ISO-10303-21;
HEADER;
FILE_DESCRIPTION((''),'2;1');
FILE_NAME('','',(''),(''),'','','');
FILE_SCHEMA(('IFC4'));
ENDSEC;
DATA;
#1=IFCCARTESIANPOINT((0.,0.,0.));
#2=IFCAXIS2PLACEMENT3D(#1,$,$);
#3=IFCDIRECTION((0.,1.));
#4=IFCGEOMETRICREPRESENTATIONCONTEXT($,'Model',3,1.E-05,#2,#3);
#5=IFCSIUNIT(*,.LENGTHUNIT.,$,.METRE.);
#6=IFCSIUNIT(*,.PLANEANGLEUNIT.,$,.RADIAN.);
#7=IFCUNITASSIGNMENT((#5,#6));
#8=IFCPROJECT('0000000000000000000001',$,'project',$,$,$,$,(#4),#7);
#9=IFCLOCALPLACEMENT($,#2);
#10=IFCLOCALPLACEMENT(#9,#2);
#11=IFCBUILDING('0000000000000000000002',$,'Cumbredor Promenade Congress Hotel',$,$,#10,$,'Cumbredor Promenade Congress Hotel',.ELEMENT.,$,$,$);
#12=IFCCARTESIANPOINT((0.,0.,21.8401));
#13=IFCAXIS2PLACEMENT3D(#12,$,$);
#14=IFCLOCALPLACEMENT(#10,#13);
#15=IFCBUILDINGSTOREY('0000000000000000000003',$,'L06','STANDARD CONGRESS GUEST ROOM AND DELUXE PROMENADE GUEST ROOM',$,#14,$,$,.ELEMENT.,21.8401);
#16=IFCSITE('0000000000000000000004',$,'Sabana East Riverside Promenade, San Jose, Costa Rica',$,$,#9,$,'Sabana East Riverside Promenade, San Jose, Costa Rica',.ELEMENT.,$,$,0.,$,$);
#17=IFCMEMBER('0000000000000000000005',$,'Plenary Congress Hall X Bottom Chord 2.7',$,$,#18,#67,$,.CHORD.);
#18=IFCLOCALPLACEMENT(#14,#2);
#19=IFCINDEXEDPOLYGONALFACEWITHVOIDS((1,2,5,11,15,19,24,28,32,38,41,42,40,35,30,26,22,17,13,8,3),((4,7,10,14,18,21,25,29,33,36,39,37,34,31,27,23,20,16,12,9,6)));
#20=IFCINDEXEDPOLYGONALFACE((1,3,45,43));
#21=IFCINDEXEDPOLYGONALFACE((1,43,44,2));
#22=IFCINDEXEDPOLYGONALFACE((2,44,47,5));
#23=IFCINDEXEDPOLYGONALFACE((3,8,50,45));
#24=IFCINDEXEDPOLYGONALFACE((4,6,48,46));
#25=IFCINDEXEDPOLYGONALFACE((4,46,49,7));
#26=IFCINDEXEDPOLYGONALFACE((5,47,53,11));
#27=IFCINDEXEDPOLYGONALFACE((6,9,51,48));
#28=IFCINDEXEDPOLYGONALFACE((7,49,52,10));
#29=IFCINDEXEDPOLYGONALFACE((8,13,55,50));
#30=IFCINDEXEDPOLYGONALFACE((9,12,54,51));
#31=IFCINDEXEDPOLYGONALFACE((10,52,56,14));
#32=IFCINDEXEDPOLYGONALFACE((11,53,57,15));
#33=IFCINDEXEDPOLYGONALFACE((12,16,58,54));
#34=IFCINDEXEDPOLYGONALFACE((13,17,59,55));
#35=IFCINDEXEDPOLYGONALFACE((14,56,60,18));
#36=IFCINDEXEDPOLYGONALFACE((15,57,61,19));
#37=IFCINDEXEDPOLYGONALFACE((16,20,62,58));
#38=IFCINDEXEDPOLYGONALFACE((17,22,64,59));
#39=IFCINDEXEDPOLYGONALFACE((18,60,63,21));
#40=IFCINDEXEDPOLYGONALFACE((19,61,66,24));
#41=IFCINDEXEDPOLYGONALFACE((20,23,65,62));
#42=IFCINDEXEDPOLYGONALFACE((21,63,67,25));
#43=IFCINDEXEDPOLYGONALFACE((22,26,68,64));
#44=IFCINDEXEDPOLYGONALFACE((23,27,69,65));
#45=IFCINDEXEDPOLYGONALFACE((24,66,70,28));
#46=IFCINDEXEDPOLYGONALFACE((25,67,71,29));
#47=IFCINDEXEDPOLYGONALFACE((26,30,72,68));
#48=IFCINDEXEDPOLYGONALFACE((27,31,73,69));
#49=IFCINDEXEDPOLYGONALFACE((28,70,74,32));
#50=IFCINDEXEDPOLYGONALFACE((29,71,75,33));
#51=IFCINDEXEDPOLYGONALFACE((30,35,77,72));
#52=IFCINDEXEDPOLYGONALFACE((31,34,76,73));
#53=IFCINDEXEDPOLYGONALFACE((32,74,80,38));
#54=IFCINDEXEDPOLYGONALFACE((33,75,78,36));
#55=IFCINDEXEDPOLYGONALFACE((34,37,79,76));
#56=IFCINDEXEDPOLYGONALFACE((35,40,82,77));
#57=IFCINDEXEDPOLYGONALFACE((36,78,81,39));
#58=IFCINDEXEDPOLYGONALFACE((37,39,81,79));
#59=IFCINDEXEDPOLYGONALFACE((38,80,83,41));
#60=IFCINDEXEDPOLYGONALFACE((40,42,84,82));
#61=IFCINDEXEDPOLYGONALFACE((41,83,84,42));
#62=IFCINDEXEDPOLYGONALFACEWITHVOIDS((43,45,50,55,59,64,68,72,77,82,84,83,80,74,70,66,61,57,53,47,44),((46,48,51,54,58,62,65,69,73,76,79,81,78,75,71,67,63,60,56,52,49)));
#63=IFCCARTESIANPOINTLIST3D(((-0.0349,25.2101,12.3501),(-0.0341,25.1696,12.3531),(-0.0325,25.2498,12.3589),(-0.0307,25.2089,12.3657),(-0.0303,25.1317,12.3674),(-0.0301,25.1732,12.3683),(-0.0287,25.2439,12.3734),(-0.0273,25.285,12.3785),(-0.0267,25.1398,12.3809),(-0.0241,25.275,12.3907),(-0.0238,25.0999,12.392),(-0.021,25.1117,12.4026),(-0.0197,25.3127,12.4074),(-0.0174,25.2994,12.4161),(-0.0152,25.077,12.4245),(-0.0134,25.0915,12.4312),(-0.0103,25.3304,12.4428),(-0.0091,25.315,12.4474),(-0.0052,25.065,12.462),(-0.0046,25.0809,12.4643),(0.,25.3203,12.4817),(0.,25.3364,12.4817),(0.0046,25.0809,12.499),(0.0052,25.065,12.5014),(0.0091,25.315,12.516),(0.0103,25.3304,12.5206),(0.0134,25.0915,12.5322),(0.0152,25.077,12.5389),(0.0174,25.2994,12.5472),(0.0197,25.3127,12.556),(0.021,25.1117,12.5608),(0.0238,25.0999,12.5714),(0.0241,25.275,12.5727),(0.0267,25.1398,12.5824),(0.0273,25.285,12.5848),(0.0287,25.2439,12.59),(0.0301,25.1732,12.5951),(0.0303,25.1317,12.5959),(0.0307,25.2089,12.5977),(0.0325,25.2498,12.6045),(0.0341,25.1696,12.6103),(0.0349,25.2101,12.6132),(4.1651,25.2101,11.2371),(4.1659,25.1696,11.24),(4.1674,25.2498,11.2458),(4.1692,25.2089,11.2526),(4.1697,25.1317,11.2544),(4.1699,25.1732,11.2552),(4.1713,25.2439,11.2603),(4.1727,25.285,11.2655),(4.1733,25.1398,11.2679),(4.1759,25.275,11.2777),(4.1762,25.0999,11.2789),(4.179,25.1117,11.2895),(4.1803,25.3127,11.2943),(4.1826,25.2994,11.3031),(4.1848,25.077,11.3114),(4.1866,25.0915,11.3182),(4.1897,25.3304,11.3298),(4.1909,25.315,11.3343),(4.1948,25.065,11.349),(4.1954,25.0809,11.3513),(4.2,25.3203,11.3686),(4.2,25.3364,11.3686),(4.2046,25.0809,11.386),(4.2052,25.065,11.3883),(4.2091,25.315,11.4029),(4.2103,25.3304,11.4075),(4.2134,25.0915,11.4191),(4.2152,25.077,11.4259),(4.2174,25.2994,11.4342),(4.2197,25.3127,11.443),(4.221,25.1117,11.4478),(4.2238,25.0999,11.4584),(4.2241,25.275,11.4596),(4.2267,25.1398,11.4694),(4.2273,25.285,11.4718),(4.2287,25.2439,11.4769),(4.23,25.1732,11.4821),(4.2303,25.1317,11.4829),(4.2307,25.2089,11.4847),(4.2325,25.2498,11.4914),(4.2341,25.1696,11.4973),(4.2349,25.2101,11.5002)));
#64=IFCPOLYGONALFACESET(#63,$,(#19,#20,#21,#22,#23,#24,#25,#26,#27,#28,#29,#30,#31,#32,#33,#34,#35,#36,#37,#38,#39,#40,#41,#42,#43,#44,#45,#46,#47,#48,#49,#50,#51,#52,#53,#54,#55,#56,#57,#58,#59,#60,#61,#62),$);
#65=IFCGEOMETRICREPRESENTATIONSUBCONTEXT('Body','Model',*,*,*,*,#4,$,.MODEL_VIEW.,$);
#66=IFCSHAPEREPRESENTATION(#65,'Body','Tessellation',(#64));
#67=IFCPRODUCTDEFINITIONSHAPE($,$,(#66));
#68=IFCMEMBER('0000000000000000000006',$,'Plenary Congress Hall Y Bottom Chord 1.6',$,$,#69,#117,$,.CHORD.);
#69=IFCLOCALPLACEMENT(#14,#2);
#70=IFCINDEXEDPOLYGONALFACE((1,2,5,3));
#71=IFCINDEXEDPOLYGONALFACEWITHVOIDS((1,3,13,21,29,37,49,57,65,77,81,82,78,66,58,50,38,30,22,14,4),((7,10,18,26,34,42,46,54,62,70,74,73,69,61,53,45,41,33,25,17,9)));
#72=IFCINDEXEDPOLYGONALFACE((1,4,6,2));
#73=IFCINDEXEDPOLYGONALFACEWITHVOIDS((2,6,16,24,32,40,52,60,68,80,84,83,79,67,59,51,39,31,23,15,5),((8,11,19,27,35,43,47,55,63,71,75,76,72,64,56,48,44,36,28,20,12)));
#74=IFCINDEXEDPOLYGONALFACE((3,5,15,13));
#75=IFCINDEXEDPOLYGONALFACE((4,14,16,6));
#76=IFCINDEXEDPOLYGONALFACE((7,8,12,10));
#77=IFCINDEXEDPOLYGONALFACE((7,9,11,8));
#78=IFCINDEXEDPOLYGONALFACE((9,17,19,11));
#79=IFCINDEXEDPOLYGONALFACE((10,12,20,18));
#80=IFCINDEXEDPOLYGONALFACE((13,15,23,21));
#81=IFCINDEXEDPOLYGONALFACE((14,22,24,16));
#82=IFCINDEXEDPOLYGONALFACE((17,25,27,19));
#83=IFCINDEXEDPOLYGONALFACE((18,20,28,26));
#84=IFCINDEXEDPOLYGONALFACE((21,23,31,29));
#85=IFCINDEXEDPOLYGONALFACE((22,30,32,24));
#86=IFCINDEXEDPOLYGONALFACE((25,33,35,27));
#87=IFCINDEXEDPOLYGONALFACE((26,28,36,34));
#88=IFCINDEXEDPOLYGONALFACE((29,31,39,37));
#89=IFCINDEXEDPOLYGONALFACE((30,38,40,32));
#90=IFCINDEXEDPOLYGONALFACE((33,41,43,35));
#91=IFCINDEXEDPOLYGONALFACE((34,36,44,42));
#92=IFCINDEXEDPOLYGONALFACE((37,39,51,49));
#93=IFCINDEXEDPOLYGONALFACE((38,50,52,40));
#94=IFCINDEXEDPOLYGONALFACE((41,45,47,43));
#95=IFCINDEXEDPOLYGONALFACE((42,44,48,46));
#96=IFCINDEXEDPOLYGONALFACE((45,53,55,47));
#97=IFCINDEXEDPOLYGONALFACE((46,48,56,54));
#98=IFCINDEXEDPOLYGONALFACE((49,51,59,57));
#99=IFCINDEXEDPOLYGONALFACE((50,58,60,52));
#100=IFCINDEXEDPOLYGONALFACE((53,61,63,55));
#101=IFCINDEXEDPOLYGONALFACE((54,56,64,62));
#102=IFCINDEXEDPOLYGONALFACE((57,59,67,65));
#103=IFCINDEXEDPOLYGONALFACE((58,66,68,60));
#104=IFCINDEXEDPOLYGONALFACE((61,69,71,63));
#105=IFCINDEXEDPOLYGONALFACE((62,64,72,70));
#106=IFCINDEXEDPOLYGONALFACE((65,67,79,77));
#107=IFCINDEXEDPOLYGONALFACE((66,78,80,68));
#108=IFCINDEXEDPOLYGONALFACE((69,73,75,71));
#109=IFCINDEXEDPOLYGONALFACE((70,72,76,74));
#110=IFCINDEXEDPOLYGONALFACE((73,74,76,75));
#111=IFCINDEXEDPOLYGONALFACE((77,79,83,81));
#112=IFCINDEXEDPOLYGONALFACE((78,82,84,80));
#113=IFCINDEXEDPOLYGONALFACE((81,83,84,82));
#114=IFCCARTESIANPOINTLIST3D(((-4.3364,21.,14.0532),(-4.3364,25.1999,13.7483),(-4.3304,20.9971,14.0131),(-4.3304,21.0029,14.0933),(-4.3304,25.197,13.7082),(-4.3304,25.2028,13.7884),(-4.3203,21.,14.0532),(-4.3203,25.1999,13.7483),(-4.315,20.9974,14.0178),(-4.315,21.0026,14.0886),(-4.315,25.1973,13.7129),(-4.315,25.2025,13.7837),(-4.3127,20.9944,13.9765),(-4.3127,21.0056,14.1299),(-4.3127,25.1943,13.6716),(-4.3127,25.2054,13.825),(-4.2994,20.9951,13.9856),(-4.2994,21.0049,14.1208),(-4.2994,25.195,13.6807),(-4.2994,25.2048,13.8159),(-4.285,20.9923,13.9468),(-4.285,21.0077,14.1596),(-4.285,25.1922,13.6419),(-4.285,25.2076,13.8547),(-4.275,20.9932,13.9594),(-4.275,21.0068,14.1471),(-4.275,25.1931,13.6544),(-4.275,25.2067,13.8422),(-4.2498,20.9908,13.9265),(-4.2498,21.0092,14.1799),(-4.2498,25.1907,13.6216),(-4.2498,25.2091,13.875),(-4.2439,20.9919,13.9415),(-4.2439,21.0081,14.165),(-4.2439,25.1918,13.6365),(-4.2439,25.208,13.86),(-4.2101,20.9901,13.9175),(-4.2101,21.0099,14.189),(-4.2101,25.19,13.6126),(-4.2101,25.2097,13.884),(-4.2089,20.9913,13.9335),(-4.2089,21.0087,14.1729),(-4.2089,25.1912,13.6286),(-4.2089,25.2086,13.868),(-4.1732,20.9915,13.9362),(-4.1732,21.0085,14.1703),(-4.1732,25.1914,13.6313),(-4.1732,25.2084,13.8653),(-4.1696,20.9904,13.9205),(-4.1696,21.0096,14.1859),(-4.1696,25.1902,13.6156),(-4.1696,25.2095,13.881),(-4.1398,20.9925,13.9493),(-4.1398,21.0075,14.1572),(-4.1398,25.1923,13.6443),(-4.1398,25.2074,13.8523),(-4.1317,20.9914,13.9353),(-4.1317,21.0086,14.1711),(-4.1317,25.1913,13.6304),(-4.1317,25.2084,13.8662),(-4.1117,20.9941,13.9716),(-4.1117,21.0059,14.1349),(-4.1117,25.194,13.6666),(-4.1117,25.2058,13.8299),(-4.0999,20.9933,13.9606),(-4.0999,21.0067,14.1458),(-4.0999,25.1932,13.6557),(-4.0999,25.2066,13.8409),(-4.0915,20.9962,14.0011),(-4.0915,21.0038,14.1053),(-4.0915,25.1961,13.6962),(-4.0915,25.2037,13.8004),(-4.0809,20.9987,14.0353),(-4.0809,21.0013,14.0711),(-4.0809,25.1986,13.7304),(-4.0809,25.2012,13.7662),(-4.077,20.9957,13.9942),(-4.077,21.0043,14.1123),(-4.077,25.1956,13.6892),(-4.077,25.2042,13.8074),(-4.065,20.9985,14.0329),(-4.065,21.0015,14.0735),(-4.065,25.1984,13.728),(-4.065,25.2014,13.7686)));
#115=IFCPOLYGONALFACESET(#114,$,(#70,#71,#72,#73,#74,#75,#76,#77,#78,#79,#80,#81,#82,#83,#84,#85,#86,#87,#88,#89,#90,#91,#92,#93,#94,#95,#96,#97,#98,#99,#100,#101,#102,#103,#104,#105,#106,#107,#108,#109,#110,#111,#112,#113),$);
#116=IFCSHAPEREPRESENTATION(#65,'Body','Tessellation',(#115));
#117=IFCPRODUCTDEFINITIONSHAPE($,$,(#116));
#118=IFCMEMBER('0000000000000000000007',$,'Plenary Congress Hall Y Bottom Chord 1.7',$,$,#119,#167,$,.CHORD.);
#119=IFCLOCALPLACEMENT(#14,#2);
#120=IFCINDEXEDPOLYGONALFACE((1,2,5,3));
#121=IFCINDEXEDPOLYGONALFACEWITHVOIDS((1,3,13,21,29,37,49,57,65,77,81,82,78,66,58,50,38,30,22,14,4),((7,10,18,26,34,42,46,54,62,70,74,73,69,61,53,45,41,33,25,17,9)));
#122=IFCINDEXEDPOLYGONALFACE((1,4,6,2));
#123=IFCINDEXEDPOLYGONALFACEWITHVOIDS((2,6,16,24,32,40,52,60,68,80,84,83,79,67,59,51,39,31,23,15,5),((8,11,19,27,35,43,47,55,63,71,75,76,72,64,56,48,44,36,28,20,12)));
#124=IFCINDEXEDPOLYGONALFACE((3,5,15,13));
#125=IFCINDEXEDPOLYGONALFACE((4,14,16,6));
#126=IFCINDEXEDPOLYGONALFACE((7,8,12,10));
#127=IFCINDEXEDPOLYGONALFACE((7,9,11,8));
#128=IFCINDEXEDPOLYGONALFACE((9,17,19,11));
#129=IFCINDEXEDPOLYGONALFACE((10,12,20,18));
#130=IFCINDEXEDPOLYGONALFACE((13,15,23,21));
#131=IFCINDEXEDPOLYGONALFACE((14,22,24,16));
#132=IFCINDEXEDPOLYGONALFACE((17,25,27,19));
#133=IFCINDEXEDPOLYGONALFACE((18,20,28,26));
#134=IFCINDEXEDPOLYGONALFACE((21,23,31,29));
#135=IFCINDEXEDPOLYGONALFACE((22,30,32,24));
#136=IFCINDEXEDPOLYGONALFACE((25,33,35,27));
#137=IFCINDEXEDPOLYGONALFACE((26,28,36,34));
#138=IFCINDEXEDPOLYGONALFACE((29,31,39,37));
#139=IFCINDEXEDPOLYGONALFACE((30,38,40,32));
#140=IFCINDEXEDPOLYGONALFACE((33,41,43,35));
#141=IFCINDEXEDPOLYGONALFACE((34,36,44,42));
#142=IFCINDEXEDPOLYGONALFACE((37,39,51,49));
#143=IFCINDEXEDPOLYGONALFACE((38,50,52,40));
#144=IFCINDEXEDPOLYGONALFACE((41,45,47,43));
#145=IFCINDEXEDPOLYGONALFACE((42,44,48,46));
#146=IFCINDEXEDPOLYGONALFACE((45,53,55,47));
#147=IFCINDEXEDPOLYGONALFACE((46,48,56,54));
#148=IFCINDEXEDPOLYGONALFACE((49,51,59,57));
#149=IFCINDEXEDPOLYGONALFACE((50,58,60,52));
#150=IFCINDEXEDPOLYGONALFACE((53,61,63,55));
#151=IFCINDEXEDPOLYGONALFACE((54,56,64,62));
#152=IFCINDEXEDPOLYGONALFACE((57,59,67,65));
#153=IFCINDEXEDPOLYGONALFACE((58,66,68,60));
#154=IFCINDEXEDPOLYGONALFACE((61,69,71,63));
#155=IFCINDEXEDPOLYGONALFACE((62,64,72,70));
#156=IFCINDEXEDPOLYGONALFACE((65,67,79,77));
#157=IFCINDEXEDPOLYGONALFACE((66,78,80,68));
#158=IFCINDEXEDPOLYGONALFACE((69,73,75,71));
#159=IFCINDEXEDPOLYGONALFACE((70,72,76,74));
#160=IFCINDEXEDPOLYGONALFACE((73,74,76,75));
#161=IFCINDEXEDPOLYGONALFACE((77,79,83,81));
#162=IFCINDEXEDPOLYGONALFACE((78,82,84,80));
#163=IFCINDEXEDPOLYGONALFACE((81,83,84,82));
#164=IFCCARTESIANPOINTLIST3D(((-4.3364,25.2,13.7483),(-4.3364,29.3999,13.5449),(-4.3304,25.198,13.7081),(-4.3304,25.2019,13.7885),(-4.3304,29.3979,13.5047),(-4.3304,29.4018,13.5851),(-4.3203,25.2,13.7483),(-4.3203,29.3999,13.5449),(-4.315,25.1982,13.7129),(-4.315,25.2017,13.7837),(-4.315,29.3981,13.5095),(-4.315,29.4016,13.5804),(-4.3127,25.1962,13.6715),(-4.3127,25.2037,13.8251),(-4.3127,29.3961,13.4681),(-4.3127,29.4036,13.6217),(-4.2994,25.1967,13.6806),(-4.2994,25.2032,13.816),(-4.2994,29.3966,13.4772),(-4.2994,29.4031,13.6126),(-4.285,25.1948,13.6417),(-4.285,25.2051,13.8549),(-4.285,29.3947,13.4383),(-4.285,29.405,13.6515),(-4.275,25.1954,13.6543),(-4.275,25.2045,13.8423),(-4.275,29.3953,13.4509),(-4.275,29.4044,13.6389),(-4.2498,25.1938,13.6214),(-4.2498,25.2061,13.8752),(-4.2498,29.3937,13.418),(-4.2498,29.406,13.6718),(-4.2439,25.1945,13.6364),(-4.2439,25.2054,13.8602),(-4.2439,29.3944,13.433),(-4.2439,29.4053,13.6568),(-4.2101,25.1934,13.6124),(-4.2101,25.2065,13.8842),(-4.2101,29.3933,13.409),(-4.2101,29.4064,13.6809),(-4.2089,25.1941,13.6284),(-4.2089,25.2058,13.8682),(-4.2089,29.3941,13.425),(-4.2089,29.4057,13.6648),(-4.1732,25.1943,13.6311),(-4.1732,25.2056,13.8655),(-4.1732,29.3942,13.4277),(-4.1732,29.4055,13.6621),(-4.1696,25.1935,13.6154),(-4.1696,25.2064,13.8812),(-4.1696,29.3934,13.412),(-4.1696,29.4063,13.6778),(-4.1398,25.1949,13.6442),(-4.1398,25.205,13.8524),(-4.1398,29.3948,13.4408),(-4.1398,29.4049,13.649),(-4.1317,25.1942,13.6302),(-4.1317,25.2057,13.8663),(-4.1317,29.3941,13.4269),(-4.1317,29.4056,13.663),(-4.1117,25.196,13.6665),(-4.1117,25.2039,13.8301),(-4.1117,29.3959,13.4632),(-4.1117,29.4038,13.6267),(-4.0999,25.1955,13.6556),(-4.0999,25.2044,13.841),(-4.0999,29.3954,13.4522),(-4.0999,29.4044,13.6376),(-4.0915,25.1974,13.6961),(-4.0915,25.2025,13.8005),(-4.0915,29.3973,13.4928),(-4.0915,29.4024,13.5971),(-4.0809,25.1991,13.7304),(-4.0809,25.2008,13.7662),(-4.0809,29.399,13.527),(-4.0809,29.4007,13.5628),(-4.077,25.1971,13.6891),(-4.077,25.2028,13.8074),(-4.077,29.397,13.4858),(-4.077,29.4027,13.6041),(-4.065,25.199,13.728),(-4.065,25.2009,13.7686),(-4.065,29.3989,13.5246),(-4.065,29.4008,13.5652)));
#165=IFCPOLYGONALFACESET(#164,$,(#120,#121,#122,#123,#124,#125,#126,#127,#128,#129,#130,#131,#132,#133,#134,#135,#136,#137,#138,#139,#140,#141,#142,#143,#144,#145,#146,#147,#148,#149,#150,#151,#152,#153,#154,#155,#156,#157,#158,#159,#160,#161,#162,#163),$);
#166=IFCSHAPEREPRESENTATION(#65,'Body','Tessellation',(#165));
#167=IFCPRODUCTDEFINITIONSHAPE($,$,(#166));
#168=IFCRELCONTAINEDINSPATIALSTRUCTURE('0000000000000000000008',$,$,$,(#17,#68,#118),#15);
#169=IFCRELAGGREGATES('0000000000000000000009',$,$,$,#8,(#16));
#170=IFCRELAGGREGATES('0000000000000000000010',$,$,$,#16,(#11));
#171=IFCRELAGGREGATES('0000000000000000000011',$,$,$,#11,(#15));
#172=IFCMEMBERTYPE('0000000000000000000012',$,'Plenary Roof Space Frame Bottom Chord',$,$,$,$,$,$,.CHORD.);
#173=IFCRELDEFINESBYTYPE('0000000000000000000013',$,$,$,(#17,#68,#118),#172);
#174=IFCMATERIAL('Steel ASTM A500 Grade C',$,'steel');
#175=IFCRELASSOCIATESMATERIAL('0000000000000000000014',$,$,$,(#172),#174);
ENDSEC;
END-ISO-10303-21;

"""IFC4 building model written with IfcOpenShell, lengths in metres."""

from ifc_helpers import new_model, si_unit, direction, frame, origin, origin_2d, place, context, subcontext, project, spatial, hollow_circle, extrude, material, material_profile, profile_set, type_object, element, save


model = new_model("IFC4")

# Units and contexts
model_context = context("Model", 3, precision=1e-05, world=origin(), true_north=direction((0.0, 1.0)))
body_context = subcontext(model_context, "Body", "Model", "MODEL_VIEW")
ifc_project = project(units=[si_unit("LENGTHUNIT", "METRE"), si_unit("PLANEANGLEUNIT", "RADIAN")], contexts=[model_context])

# Site, building, storey
site_placement = place(None, origin())
site = spatial("IfcSite", under=ifc_project, at=site_placement, Name="Sabana East Riverside Promenade, San Jose, Costa Rica", LongName="Sabana East Riverside Promenade, San Jose, Costa Rica", CompositionType="ELEMENT", RefElevation=0.0)
building_placement = place(site_placement, origin())
building = spatial("IfcBuilding", under=site, at=building_placement, Name="Cumbredor Promenade Congress Hotel", LongName="Cumbredor Promenade Congress Hotel", CompositionType="ELEMENT")
storey_placement = place(building_placement, frame((0.0, 0.0, 21.8401)))
storey = spatial("IfcBuildingStorey", under=building, at=storey_placement, Name="L06", Description="STANDARD CONGRESS GUEST ROOM AND DELUXE PROMENADE GUEST ROOM", CompositionType="ELEMENT", Elevation=21.8401)

# Members
ifc_material_1 = material(Name="Steel ASTM A500 Grade C", Category="steel")
ifc_material_profile_1 = material_profile(ifc_material_1, hollow_circle(Radius=0.1365, WallThickness=0.0161, at=origin_2d()), Name="CHS 273.0x16")
ifc_profile_set_1 = profile_set([ifc_material_profile_1], Name="Steel ASTM A500 Grade C")
member_type_1 = type_object("IfcMemberType", Name="Plenary Roof Space Frame Bottom Chord", PredefinedType="CHORD", material=ifc_profile_set_1)
member_1_placement = place(storey_placement, frame((0.0, 25.2, 12.4817), z_axis=(0.966632, 0.0, -0.256169), x_axis=(0.0, 1.0, 0.0)))
element("IfcMember", 1, at=member_1_placement, inside=storey, type_object=member_type_1, Name="Plenary Congress Hall X Bottom Chord 2.7", PredefinedType="CHORD", context=body_context, shape_type="SweptSolid", body=[
    extrude(hollow_circle(Radius=0.1365, WallThickness=0.0161, at=origin_2d()), origin(), (0.0, 0.0, 1.0), 4.345),
])
member_2_placement = place(storey_placement, frame((-4.2, 21.0, 14.0532), z_axis=(0.0, 0.997375, -0.072413), x_axis=(-1.0, 0.0, 0.0)))
element("IfcMember", 2, at=member_2_placement, inside=storey, type_object=member_type_1, Name="Plenary Congress Hall Y Bottom Chord 1.6", PredefinedType="CHORD", context=body_context, shape_type="SweptSolid", body=[
    extrude(hollow_circle(Radius=0.1365, WallThickness=0.0161, at=origin_2d()), origin(), (0.0, 0.0, 1.0), 4.2109),
])
member_3_placement = place(storey_placement, frame((-4.2, 25.2, 13.7483), z_axis=(0.0, 0.99883, -0.048365), x_axis=(-1.0, 0.0, 0.0)))
element("IfcMember", 3, at=member_3_placement, inside=storey, type_object=member_type_1, Name="Plenary Congress Hall Y Bottom Chord 1.7", PredefinedType="CHORD", context=body_context, shape_type="SweptSolid", body=[
    extrude(hollow_circle(Radius=0.1365, WallThickness=0.0161, at=origin_2d()), origin(), (0.0, 0.0, 1.0), 4.2048),
])

save(model, "model.ifc")
